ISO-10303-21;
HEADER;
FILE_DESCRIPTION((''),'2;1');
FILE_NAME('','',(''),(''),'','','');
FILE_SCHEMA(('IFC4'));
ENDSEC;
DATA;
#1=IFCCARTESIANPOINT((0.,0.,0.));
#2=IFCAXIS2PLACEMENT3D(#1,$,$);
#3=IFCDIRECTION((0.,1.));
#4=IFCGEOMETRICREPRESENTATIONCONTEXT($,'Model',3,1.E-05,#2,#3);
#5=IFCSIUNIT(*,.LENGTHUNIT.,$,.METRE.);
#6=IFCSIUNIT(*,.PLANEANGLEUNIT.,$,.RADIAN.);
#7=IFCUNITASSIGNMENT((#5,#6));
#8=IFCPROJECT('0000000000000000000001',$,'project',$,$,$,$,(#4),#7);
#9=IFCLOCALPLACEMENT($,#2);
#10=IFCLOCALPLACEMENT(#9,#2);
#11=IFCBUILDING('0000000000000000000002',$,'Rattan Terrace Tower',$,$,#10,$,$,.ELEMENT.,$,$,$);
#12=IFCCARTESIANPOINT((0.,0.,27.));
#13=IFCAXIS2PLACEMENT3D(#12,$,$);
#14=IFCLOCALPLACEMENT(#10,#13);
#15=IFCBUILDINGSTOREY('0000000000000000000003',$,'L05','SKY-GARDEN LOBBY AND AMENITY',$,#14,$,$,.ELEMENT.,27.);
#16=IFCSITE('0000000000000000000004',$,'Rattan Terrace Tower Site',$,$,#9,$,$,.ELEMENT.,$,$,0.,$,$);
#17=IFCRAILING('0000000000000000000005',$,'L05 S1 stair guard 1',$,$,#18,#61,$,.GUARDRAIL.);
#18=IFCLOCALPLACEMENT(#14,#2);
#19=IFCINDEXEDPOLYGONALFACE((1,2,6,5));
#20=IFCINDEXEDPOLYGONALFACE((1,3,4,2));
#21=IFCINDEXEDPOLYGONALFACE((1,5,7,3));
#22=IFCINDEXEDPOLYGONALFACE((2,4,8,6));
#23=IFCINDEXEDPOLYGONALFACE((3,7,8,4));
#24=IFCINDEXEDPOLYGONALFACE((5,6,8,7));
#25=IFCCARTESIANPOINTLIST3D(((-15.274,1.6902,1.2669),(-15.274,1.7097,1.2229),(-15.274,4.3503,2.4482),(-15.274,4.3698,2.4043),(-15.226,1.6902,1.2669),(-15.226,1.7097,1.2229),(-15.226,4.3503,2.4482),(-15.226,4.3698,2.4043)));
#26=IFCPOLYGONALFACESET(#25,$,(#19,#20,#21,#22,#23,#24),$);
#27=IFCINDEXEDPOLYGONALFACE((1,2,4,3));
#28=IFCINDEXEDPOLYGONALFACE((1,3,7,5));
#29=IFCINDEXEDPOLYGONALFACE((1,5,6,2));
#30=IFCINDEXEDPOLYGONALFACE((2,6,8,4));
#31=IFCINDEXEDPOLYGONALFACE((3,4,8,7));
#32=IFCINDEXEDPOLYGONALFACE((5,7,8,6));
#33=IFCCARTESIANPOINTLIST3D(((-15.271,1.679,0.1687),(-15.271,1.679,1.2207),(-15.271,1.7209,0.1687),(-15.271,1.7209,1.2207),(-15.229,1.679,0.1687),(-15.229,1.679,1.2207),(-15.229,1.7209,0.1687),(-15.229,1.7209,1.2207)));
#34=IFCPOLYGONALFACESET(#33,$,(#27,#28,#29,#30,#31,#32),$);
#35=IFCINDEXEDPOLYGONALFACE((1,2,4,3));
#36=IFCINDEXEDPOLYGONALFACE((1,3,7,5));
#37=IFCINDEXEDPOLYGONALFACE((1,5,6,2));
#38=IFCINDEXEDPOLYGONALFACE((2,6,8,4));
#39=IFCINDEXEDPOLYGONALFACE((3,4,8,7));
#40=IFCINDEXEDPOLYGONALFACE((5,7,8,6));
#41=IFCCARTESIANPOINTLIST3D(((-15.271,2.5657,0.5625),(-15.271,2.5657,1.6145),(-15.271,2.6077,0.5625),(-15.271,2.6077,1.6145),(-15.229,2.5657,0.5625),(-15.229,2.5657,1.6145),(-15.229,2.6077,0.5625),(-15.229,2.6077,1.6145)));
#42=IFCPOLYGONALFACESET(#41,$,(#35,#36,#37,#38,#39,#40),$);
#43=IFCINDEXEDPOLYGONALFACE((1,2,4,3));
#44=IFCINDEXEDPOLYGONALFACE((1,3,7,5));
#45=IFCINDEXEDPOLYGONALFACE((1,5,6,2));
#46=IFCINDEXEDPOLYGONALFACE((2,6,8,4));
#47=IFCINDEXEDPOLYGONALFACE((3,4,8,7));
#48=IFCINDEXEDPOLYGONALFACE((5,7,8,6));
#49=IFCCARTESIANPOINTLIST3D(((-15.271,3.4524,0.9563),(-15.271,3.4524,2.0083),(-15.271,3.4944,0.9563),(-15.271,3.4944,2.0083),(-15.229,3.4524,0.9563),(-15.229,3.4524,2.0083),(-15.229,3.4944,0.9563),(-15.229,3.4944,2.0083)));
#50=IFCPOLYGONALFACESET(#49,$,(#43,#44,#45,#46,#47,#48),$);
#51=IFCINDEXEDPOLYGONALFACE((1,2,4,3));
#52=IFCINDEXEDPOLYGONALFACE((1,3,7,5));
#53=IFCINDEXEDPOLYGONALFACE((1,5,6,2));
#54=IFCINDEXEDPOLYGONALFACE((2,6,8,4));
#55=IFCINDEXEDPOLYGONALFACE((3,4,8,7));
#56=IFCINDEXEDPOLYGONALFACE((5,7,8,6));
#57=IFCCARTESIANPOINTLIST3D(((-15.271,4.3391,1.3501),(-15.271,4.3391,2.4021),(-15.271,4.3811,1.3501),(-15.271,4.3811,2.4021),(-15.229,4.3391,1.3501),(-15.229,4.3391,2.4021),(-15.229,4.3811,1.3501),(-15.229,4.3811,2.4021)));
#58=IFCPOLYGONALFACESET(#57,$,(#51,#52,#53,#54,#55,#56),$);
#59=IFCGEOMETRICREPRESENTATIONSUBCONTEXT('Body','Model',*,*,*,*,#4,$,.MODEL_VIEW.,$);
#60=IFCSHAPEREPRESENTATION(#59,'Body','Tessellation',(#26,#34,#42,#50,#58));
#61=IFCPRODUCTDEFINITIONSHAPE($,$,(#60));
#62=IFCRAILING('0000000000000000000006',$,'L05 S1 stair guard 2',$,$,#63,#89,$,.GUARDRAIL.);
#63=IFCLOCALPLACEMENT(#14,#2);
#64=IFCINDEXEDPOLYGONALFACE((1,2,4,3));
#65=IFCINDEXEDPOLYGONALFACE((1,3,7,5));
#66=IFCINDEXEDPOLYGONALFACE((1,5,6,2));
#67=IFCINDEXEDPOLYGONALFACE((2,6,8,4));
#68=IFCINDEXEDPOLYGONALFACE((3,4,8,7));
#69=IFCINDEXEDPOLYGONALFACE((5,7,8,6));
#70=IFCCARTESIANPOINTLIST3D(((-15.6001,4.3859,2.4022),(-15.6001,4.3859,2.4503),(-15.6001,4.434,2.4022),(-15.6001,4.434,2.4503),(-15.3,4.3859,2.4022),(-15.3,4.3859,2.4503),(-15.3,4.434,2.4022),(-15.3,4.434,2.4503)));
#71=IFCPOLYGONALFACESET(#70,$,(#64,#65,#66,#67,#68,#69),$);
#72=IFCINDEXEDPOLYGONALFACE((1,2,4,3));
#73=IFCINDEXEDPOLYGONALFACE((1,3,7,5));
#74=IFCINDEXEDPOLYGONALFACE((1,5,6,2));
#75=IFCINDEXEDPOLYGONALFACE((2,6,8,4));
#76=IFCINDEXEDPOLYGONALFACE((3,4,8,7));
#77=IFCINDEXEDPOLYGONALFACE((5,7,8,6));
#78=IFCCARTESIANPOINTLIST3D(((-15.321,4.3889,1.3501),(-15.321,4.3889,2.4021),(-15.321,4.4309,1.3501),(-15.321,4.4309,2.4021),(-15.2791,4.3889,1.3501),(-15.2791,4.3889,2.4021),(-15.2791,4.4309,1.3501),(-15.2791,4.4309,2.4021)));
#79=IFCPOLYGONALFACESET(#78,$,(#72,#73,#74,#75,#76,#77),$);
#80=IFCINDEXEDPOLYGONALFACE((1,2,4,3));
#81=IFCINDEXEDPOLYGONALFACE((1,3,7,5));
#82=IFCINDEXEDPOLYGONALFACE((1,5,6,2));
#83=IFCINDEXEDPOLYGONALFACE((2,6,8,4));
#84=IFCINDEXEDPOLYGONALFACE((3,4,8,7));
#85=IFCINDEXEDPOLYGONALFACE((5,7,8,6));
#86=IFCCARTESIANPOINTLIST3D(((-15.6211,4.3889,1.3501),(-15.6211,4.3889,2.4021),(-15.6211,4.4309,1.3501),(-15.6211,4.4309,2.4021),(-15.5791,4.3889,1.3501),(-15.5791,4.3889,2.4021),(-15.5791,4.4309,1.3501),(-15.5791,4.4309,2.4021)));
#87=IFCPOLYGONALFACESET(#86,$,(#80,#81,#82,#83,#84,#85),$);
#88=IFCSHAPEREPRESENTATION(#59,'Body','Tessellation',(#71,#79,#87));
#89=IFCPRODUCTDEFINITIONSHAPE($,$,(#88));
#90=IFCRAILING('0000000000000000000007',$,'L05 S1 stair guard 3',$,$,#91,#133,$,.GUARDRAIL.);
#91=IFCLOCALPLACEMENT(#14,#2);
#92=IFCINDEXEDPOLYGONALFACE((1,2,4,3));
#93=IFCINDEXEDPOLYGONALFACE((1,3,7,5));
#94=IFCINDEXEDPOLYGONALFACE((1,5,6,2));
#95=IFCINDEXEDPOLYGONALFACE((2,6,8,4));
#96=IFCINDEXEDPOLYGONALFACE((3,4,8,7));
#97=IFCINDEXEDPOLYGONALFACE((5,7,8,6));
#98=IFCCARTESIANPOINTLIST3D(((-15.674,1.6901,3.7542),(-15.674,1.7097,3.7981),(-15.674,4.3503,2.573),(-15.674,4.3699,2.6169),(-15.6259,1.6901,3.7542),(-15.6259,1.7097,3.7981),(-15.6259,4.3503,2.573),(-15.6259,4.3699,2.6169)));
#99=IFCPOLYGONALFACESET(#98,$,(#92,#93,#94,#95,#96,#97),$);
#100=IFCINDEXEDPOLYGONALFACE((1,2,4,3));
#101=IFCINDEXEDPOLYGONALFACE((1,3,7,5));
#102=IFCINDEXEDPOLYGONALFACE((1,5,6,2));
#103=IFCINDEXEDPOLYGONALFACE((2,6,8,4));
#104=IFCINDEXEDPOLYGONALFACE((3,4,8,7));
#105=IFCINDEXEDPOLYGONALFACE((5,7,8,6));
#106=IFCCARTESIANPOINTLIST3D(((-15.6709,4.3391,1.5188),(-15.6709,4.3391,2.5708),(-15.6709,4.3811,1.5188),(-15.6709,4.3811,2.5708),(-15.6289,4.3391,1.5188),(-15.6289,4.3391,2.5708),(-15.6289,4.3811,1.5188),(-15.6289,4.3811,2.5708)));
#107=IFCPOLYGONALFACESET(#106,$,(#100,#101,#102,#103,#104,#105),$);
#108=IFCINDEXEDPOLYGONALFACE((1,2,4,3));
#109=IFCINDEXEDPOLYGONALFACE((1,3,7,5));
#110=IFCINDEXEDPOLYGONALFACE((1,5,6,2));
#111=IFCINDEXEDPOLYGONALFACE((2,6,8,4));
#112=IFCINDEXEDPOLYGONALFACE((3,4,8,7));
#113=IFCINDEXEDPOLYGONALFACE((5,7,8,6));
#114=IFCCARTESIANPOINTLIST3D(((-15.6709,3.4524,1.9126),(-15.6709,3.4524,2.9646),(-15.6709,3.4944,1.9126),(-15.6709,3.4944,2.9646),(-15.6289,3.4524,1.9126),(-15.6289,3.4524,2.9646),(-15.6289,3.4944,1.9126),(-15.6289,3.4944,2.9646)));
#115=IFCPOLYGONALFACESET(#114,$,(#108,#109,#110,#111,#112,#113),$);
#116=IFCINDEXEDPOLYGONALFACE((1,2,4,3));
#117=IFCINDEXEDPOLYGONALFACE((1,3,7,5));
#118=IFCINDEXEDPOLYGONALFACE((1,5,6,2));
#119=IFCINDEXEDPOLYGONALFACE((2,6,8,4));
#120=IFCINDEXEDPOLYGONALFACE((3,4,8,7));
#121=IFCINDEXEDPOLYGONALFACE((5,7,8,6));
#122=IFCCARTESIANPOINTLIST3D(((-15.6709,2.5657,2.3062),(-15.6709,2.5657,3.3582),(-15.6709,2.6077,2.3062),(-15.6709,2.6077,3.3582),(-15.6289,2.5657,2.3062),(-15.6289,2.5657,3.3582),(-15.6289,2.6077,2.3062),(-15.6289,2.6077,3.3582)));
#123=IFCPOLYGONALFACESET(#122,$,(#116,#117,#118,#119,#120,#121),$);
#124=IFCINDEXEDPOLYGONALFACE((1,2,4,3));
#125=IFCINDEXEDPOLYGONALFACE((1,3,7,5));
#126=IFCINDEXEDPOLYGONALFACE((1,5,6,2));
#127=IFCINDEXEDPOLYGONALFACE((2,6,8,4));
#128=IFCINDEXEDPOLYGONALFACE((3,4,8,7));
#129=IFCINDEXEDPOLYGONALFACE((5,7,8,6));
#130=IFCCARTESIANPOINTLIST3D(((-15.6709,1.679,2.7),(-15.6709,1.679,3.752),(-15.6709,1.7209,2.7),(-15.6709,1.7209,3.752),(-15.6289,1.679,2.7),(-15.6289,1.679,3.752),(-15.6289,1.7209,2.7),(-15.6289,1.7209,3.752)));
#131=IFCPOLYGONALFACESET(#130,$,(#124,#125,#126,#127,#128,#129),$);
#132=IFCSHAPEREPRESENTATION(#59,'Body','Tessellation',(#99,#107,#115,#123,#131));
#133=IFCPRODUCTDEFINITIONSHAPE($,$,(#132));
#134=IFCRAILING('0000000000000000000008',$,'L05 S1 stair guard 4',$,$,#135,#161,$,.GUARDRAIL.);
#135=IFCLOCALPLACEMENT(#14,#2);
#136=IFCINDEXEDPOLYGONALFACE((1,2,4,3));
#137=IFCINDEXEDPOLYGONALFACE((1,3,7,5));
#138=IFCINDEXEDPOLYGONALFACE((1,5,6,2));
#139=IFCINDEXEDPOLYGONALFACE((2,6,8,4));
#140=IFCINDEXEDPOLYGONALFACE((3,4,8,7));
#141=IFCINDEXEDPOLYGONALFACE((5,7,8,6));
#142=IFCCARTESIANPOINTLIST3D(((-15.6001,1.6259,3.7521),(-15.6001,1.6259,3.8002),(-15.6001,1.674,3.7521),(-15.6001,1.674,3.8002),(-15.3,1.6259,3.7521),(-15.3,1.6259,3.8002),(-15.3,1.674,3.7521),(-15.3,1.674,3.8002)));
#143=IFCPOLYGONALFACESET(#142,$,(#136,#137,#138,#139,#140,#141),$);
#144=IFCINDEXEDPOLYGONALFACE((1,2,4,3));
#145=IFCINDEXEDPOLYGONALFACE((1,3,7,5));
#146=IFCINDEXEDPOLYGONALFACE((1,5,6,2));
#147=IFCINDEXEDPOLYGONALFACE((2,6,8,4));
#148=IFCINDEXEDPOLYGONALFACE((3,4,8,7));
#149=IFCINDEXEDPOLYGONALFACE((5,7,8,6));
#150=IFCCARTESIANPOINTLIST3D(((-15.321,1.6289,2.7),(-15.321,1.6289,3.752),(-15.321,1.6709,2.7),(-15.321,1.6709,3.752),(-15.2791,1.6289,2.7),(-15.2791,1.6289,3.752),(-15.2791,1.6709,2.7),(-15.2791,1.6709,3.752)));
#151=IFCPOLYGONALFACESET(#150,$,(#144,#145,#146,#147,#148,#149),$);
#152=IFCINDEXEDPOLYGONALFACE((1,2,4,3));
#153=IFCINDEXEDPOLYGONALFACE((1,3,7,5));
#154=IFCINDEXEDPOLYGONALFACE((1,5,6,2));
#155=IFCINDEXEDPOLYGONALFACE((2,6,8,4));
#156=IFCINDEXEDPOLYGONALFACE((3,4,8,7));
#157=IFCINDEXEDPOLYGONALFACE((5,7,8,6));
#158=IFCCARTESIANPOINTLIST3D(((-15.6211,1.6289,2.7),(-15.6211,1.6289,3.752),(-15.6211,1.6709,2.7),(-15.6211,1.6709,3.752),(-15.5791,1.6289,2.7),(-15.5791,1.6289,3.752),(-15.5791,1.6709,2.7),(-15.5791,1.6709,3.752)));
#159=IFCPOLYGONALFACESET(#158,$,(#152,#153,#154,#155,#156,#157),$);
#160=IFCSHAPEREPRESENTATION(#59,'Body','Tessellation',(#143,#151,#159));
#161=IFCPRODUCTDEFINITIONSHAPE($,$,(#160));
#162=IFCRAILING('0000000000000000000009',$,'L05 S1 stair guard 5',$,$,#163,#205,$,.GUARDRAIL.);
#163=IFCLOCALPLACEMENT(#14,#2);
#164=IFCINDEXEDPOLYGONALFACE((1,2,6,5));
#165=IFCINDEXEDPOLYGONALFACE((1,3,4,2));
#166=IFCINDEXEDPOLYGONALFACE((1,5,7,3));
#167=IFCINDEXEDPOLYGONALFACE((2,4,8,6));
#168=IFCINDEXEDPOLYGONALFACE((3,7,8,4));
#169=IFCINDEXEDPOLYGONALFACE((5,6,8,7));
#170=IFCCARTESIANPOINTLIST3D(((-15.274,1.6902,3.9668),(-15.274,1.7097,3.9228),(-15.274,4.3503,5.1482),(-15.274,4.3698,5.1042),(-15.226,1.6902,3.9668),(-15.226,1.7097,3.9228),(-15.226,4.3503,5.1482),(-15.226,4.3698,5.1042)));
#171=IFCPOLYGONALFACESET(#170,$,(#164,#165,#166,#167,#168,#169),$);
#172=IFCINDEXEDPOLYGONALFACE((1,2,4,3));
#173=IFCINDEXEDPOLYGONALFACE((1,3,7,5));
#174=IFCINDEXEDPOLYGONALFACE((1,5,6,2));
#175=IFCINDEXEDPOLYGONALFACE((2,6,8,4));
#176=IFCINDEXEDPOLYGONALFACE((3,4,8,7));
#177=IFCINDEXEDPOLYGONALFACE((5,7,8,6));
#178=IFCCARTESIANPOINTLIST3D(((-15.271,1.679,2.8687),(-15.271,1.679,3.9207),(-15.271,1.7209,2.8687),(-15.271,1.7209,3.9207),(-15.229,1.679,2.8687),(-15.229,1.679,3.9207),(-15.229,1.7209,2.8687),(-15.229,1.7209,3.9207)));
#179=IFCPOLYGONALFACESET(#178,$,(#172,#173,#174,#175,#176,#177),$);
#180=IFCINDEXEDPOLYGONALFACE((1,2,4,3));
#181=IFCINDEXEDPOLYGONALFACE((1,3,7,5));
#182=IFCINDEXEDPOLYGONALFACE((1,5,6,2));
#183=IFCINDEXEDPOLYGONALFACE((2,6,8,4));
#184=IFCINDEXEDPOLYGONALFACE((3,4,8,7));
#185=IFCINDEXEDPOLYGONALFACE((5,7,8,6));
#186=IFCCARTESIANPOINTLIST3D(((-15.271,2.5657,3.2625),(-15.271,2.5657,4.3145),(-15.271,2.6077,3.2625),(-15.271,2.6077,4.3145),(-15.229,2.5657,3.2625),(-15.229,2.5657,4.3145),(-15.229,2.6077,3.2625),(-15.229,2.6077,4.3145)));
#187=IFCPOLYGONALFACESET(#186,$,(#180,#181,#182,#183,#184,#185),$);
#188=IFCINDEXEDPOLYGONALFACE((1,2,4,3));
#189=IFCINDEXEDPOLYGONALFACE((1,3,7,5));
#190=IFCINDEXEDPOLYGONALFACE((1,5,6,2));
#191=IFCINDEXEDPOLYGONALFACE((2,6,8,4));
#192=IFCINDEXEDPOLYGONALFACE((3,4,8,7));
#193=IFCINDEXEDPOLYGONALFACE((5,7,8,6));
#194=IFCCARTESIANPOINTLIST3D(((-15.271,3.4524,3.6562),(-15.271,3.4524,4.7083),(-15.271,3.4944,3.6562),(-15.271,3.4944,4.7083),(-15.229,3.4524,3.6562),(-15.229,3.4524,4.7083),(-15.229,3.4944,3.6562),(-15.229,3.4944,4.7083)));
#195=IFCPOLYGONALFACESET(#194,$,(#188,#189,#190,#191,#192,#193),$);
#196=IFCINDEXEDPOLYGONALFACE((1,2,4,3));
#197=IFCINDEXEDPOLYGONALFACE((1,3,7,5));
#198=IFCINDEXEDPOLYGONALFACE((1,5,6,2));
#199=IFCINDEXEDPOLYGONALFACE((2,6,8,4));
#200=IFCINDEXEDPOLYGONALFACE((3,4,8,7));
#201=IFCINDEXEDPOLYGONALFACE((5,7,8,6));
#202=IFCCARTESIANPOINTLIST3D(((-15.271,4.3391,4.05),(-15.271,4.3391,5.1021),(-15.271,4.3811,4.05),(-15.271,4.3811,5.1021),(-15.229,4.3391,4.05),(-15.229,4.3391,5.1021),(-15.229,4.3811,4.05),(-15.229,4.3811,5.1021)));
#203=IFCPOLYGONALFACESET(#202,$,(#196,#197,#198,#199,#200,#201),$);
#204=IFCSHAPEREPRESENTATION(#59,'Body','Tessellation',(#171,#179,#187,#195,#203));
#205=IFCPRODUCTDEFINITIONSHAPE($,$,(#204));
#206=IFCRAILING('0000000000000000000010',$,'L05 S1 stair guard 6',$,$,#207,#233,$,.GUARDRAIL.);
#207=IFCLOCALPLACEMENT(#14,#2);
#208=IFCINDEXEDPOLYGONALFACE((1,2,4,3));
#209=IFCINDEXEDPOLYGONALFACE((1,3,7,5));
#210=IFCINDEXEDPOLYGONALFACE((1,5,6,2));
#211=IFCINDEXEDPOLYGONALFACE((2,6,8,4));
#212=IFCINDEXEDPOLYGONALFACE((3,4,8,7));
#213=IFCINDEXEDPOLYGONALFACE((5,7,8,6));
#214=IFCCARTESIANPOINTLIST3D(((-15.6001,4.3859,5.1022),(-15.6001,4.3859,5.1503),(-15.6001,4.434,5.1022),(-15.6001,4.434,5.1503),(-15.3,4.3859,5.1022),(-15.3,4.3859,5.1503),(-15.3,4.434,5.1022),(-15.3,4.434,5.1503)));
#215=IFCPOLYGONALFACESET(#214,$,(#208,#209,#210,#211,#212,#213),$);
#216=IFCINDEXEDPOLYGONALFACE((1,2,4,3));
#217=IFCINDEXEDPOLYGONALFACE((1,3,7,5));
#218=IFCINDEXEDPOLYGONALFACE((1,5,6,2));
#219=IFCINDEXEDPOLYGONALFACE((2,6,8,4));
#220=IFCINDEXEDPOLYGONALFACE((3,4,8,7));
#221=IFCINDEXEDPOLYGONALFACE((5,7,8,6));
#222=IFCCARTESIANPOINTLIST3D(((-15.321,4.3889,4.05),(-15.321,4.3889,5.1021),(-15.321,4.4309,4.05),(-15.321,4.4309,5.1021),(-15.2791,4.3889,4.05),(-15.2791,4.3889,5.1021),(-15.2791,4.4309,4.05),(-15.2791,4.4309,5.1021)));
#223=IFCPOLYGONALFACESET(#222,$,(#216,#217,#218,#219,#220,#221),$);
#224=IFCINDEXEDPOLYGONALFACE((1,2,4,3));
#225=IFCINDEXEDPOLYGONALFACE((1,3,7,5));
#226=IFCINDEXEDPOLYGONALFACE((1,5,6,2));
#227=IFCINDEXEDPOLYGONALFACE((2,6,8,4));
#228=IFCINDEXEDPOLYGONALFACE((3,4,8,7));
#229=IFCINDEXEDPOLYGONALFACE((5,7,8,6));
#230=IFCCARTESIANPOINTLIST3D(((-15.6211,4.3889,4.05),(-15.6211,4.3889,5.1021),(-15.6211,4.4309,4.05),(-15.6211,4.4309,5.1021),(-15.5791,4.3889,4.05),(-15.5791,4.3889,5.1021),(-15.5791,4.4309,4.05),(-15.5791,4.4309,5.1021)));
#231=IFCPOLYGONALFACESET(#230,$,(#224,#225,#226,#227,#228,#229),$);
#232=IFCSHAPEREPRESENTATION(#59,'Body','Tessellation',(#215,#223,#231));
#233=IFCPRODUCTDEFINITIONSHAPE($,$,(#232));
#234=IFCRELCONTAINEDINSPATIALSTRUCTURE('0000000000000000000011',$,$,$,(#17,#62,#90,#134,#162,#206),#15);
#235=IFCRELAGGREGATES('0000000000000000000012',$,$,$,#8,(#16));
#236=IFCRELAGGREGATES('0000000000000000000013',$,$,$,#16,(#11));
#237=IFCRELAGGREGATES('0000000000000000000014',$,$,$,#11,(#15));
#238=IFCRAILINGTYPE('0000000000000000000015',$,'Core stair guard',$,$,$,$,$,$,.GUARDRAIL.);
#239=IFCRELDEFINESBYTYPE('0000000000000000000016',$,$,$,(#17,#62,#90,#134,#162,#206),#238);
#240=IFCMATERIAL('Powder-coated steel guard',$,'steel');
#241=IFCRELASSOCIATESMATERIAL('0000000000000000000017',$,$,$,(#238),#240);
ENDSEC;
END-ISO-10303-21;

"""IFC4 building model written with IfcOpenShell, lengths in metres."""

from ifc_helpers import new_model, si_unit, direction, frame, origin, origin_2d, place, context, subcontext, project, spatial, rectangle, extrude, material, type_object, element, save


model = new_model("IFC4")

# Units and contexts
model_context = context("Model", 3, precision=1e-05, world=origin(), true_north=direction((0.0, 1.0)))
body_context = subcontext(model_context, "Body", "Model", "MODEL_VIEW")
ifc_project = project(units=[si_unit("LENGTHUNIT", "METRE"), si_unit("PLANEANGLEUNIT", "RADIAN")], contexts=[model_context])

# Site, building, storey
site_placement = place(None, origin())
site = spatial("IfcSite", under=ifc_project, at=site_placement, Name="Rattan Terrace Tower Site", CompositionType="ELEMENT", RefElevation=0.0)
building_placement = place(site_placement, origin())
building = spatial("IfcBuilding", under=site, at=building_placement, Name="Rattan Terrace Tower", CompositionType="ELEMENT")
storey_placement = place(building_placement, frame((0.0, 0.0, 27.0)))
storey = spatial("IfcBuildingStorey", under=building, at=storey_placement, Name="L05", Description="SKY-GARDEN LOBBY AND AMENITY", CompositionType="ELEMENT", Elevation=27.0)

# Railings
ifc_material_1 = material(Name="Powder-coated steel guard", Category="steel")
railing_type_1 = type_object("IfcRailingType", Name="Core stair guard", PredefinedType="GUARDRAIL", material=ifc_material_1)
railing_1_placement = place(storey_placement, frame((-15.25, 1.7, 0.1687)))
element("IfcRailing", 1, at=railing_1_placement, inside=storey, type_object=railing_type_1, Name="L05 S1 stair guard 1", PredefinedType="GUARDRAIL", context=body_context, shape_type="SweptSolid", body=[
    extrude(rectangle(XDim=0.0481, YDim=0.0481, at=origin_2d()), frame((0.0, 0.0, 1.0762), z_axis=(0.0, 0.913926, 0.405882), x_axis=(-1.0, 0.0, 0.0)), (0.0, 0.0, 1.0), 2.9106),
    extrude(rectangle(XDim=0.042, YDim=0.042, at=origin_2d()), origin(), (0.0, 0.0, 1.0), 1.052),
    extrude(rectangle(XDim=0.042, YDim=0.042, at=origin_2d()), frame((0.0, 0.8867, 0.3938)), (0.0, 0.0, 1.0), 1.052),
    extrude(rectangle(XDim=0.042, YDim=0.042, at=origin_2d()), frame((0.0, 1.7734, 0.7876)), (0.0, 0.0, 1.0), 1.052),
    extrude(rectangle(XDim=0.042, YDim=0.042, at=origin_2d()), frame((0.0, 2.6602, 1.1814)), (0.0, 0.0, 1.0), 1.052),
])
railing_2_placement = place(storey_placement, frame((-15.3, 4.4099, 1.3501)))
element("IfcRailing", 2, at=railing_2_placement, inside=storey, type_object=railing_type_1, Name="L05 S1 stair guard 2", PredefinedType="GUARDRAIL", context=body_context, shape_type="SweptSolid", body=[
    extrude(rectangle(XDim=0.0481, YDim=0.0481, at=origin_2d()), frame((0.0, 0.0, 1.0762), z_axis=(-1.0, 0.0, 0.0), x_axis=(0.0, -1.0, 0.0)), (0.0, 0.0, 1.0), 0.3),
    extrude(rectangle(XDim=0.042, YDim=0.042, at=origin_2d()), origin(), (0.0, 0.0, 1.0), 1.052),
    extrude(rectangle(XDim=0.042, YDim=0.042, at=origin_2d()), frame((-0.3, 0.0, 0.0)), (0.0, 0.0, 1.0), 1.052),
])
railing_3_placement = place(storey_placement, frame((-15.6499, 4.3601, 1.5188)))
element("IfcRailing", 3, at=railing_3_placement, inside=storey, type_object=railing_type_1, Name="L05 S1 stair guard 3", PredefinedType="GUARDRAIL", context=body_context, shape_type="SweptSolid", body=[
    extrude(rectangle(XDim=0.0481, YDim=0.0481, at=origin_2d()), frame((0.0, 0.0, 1.0762), z_axis=(0.0, -0.913957, 0.405812), x_axis=(1.0, 0.0, 0.0)), (0.0, 0.0, 1.0), 2.9106),
    extrude(rectangle(XDim=0.042, YDim=0.042, at=origin_2d()), origin(), (0.0, 0.0, 1.0), 1.052),
    extrude(rectangle(XDim=0.042, YDim=0.042, at=origin_2d()), frame((0.0, -0.8867, 0.3938)), (0.0, 0.0, 1.0), 1.052),
    extrude(rectangle(XDim=0.042, YDim=0.042, at=origin_2d()), frame((0.0, -1.7734, 0.7874)), (0.0, 0.0, 1.0), 1.052),
    extrude(rectangle(XDim=0.042, YDim=0.042, at=origin_2d()), frame((0.0, -2.6602, 1.1812)), (0.0, 0.0, 1.0), 1.052),
])
railing_4_placement = place(storey_placement, frame((-15.3, 1.6499, 2.7)))
element("IfcRailing", 4, at=railing_4_placement, inside=storey, type_object=railing_type_1, Name="L05 S1 stair guard 4", PredefinedType="GUARDRAIL", context=body_context, shape_type="SweptSolid", body=[
    extrude(rectangle(XDim=0.0481, YDim=0.0481, at=origin_2d()), frame((0.0, 0.0, 1.0762), z_axis=(-1.0, 0.0, 0.0), x_axis=(0.0, -1.0, 0.0)), (0.0, 0.0, 1.0), 0.3),
    extrude(rectangle(XDim=0.042, YDim=0.042, at=origin_2d()), origin(), (0.0, 0.0, 1.0), 1.052),
    extrude(rectangle(XDim=0.042, YDim=0.042, at=origin_2d()), frame((-0.3, 0.0, 0.0)), (0.0, 0.0, 1.0), 1.052),
])
railing_5_placement = place(storey_placement, frame((-15.25, 1.7, 2.8687)))
element("IfcRailing", 5, at=railing_5_placement, inside=storey, type_object=railing_type_1, Name="L05 S1 stair guard 5", PredefinedType="GUARDRAIL", context=body_context, shape_type="SweptSolid", body=[
    extrude(rectangle(XDim=0.0481, YDim=0.0481, at=origin_2d()), frame((0.0, 0.0, 1.0762), z_axis=(0.0, 0.913926, 0.405882), x_axis=(-1.0, 0.0, 0.0)), (0.0, 0.0, 1.0), 2.9106),
    extrude(rectangle(XDim=0.042, YDim=0.042, at=origin_2d()), origin(), (0.0, 0.0, 1.0), 1.052),
    extrude(rectangle(XDim=0.042, YDim=0.042, at=origin_2d()), frame((0.0, 0.8867, 0.3938)), (0.0, 0.0, 1.0), 1.052),
    extrude(rectangle(XDim=0.042, YDim=0.042, at=origin_2d()), frame((0.0, 1.7734, 0.7876)), (0.0, 0.0, 1.0), 1.052),
    extrude(rectangle(XDim=0.042, YDim=0.042, at=origin_2d()), frame((0.0, 2.6602, 1.1814)), (0.0, 0.0, 1.0), 1.052),
])
railing_6_placement = place(storey_placement, frame((-15.3, 4.4099, 4.05)))
element("IfcRailing", 6, at=railing_6_placement, inside=storey, type_object=railing_type_1, Name="L05 S1 stair guard 6", PredefinedType="GUARDRAIL", context=body_context, shape_type="SweptSolid", body=[
    extrude(rectangle(XDim=0.0481, YDim=0.0481, at=origin_2d()), frame((0.0, 0.0, 1.0762), z_axis=(-1.0, 0.0, 0.0), x_axis=(0.0, -1.0, 0.0)), (0.0, 0.0, 1.0), 0.3),
    extrude(rectangle(XDim=0.042, YDim=0.042, at=origin_2d()), origin(), (0.0, 0.0, 1.0), 1.052),
    extrude(rectangle(XDim=0.042, YDim=0.042, at=origin_2d()), frame((-0.3, 0.0, 0.0)), (0.0, 0.0, 1.0), 1.052),
])

save(model, "model.ifc")
